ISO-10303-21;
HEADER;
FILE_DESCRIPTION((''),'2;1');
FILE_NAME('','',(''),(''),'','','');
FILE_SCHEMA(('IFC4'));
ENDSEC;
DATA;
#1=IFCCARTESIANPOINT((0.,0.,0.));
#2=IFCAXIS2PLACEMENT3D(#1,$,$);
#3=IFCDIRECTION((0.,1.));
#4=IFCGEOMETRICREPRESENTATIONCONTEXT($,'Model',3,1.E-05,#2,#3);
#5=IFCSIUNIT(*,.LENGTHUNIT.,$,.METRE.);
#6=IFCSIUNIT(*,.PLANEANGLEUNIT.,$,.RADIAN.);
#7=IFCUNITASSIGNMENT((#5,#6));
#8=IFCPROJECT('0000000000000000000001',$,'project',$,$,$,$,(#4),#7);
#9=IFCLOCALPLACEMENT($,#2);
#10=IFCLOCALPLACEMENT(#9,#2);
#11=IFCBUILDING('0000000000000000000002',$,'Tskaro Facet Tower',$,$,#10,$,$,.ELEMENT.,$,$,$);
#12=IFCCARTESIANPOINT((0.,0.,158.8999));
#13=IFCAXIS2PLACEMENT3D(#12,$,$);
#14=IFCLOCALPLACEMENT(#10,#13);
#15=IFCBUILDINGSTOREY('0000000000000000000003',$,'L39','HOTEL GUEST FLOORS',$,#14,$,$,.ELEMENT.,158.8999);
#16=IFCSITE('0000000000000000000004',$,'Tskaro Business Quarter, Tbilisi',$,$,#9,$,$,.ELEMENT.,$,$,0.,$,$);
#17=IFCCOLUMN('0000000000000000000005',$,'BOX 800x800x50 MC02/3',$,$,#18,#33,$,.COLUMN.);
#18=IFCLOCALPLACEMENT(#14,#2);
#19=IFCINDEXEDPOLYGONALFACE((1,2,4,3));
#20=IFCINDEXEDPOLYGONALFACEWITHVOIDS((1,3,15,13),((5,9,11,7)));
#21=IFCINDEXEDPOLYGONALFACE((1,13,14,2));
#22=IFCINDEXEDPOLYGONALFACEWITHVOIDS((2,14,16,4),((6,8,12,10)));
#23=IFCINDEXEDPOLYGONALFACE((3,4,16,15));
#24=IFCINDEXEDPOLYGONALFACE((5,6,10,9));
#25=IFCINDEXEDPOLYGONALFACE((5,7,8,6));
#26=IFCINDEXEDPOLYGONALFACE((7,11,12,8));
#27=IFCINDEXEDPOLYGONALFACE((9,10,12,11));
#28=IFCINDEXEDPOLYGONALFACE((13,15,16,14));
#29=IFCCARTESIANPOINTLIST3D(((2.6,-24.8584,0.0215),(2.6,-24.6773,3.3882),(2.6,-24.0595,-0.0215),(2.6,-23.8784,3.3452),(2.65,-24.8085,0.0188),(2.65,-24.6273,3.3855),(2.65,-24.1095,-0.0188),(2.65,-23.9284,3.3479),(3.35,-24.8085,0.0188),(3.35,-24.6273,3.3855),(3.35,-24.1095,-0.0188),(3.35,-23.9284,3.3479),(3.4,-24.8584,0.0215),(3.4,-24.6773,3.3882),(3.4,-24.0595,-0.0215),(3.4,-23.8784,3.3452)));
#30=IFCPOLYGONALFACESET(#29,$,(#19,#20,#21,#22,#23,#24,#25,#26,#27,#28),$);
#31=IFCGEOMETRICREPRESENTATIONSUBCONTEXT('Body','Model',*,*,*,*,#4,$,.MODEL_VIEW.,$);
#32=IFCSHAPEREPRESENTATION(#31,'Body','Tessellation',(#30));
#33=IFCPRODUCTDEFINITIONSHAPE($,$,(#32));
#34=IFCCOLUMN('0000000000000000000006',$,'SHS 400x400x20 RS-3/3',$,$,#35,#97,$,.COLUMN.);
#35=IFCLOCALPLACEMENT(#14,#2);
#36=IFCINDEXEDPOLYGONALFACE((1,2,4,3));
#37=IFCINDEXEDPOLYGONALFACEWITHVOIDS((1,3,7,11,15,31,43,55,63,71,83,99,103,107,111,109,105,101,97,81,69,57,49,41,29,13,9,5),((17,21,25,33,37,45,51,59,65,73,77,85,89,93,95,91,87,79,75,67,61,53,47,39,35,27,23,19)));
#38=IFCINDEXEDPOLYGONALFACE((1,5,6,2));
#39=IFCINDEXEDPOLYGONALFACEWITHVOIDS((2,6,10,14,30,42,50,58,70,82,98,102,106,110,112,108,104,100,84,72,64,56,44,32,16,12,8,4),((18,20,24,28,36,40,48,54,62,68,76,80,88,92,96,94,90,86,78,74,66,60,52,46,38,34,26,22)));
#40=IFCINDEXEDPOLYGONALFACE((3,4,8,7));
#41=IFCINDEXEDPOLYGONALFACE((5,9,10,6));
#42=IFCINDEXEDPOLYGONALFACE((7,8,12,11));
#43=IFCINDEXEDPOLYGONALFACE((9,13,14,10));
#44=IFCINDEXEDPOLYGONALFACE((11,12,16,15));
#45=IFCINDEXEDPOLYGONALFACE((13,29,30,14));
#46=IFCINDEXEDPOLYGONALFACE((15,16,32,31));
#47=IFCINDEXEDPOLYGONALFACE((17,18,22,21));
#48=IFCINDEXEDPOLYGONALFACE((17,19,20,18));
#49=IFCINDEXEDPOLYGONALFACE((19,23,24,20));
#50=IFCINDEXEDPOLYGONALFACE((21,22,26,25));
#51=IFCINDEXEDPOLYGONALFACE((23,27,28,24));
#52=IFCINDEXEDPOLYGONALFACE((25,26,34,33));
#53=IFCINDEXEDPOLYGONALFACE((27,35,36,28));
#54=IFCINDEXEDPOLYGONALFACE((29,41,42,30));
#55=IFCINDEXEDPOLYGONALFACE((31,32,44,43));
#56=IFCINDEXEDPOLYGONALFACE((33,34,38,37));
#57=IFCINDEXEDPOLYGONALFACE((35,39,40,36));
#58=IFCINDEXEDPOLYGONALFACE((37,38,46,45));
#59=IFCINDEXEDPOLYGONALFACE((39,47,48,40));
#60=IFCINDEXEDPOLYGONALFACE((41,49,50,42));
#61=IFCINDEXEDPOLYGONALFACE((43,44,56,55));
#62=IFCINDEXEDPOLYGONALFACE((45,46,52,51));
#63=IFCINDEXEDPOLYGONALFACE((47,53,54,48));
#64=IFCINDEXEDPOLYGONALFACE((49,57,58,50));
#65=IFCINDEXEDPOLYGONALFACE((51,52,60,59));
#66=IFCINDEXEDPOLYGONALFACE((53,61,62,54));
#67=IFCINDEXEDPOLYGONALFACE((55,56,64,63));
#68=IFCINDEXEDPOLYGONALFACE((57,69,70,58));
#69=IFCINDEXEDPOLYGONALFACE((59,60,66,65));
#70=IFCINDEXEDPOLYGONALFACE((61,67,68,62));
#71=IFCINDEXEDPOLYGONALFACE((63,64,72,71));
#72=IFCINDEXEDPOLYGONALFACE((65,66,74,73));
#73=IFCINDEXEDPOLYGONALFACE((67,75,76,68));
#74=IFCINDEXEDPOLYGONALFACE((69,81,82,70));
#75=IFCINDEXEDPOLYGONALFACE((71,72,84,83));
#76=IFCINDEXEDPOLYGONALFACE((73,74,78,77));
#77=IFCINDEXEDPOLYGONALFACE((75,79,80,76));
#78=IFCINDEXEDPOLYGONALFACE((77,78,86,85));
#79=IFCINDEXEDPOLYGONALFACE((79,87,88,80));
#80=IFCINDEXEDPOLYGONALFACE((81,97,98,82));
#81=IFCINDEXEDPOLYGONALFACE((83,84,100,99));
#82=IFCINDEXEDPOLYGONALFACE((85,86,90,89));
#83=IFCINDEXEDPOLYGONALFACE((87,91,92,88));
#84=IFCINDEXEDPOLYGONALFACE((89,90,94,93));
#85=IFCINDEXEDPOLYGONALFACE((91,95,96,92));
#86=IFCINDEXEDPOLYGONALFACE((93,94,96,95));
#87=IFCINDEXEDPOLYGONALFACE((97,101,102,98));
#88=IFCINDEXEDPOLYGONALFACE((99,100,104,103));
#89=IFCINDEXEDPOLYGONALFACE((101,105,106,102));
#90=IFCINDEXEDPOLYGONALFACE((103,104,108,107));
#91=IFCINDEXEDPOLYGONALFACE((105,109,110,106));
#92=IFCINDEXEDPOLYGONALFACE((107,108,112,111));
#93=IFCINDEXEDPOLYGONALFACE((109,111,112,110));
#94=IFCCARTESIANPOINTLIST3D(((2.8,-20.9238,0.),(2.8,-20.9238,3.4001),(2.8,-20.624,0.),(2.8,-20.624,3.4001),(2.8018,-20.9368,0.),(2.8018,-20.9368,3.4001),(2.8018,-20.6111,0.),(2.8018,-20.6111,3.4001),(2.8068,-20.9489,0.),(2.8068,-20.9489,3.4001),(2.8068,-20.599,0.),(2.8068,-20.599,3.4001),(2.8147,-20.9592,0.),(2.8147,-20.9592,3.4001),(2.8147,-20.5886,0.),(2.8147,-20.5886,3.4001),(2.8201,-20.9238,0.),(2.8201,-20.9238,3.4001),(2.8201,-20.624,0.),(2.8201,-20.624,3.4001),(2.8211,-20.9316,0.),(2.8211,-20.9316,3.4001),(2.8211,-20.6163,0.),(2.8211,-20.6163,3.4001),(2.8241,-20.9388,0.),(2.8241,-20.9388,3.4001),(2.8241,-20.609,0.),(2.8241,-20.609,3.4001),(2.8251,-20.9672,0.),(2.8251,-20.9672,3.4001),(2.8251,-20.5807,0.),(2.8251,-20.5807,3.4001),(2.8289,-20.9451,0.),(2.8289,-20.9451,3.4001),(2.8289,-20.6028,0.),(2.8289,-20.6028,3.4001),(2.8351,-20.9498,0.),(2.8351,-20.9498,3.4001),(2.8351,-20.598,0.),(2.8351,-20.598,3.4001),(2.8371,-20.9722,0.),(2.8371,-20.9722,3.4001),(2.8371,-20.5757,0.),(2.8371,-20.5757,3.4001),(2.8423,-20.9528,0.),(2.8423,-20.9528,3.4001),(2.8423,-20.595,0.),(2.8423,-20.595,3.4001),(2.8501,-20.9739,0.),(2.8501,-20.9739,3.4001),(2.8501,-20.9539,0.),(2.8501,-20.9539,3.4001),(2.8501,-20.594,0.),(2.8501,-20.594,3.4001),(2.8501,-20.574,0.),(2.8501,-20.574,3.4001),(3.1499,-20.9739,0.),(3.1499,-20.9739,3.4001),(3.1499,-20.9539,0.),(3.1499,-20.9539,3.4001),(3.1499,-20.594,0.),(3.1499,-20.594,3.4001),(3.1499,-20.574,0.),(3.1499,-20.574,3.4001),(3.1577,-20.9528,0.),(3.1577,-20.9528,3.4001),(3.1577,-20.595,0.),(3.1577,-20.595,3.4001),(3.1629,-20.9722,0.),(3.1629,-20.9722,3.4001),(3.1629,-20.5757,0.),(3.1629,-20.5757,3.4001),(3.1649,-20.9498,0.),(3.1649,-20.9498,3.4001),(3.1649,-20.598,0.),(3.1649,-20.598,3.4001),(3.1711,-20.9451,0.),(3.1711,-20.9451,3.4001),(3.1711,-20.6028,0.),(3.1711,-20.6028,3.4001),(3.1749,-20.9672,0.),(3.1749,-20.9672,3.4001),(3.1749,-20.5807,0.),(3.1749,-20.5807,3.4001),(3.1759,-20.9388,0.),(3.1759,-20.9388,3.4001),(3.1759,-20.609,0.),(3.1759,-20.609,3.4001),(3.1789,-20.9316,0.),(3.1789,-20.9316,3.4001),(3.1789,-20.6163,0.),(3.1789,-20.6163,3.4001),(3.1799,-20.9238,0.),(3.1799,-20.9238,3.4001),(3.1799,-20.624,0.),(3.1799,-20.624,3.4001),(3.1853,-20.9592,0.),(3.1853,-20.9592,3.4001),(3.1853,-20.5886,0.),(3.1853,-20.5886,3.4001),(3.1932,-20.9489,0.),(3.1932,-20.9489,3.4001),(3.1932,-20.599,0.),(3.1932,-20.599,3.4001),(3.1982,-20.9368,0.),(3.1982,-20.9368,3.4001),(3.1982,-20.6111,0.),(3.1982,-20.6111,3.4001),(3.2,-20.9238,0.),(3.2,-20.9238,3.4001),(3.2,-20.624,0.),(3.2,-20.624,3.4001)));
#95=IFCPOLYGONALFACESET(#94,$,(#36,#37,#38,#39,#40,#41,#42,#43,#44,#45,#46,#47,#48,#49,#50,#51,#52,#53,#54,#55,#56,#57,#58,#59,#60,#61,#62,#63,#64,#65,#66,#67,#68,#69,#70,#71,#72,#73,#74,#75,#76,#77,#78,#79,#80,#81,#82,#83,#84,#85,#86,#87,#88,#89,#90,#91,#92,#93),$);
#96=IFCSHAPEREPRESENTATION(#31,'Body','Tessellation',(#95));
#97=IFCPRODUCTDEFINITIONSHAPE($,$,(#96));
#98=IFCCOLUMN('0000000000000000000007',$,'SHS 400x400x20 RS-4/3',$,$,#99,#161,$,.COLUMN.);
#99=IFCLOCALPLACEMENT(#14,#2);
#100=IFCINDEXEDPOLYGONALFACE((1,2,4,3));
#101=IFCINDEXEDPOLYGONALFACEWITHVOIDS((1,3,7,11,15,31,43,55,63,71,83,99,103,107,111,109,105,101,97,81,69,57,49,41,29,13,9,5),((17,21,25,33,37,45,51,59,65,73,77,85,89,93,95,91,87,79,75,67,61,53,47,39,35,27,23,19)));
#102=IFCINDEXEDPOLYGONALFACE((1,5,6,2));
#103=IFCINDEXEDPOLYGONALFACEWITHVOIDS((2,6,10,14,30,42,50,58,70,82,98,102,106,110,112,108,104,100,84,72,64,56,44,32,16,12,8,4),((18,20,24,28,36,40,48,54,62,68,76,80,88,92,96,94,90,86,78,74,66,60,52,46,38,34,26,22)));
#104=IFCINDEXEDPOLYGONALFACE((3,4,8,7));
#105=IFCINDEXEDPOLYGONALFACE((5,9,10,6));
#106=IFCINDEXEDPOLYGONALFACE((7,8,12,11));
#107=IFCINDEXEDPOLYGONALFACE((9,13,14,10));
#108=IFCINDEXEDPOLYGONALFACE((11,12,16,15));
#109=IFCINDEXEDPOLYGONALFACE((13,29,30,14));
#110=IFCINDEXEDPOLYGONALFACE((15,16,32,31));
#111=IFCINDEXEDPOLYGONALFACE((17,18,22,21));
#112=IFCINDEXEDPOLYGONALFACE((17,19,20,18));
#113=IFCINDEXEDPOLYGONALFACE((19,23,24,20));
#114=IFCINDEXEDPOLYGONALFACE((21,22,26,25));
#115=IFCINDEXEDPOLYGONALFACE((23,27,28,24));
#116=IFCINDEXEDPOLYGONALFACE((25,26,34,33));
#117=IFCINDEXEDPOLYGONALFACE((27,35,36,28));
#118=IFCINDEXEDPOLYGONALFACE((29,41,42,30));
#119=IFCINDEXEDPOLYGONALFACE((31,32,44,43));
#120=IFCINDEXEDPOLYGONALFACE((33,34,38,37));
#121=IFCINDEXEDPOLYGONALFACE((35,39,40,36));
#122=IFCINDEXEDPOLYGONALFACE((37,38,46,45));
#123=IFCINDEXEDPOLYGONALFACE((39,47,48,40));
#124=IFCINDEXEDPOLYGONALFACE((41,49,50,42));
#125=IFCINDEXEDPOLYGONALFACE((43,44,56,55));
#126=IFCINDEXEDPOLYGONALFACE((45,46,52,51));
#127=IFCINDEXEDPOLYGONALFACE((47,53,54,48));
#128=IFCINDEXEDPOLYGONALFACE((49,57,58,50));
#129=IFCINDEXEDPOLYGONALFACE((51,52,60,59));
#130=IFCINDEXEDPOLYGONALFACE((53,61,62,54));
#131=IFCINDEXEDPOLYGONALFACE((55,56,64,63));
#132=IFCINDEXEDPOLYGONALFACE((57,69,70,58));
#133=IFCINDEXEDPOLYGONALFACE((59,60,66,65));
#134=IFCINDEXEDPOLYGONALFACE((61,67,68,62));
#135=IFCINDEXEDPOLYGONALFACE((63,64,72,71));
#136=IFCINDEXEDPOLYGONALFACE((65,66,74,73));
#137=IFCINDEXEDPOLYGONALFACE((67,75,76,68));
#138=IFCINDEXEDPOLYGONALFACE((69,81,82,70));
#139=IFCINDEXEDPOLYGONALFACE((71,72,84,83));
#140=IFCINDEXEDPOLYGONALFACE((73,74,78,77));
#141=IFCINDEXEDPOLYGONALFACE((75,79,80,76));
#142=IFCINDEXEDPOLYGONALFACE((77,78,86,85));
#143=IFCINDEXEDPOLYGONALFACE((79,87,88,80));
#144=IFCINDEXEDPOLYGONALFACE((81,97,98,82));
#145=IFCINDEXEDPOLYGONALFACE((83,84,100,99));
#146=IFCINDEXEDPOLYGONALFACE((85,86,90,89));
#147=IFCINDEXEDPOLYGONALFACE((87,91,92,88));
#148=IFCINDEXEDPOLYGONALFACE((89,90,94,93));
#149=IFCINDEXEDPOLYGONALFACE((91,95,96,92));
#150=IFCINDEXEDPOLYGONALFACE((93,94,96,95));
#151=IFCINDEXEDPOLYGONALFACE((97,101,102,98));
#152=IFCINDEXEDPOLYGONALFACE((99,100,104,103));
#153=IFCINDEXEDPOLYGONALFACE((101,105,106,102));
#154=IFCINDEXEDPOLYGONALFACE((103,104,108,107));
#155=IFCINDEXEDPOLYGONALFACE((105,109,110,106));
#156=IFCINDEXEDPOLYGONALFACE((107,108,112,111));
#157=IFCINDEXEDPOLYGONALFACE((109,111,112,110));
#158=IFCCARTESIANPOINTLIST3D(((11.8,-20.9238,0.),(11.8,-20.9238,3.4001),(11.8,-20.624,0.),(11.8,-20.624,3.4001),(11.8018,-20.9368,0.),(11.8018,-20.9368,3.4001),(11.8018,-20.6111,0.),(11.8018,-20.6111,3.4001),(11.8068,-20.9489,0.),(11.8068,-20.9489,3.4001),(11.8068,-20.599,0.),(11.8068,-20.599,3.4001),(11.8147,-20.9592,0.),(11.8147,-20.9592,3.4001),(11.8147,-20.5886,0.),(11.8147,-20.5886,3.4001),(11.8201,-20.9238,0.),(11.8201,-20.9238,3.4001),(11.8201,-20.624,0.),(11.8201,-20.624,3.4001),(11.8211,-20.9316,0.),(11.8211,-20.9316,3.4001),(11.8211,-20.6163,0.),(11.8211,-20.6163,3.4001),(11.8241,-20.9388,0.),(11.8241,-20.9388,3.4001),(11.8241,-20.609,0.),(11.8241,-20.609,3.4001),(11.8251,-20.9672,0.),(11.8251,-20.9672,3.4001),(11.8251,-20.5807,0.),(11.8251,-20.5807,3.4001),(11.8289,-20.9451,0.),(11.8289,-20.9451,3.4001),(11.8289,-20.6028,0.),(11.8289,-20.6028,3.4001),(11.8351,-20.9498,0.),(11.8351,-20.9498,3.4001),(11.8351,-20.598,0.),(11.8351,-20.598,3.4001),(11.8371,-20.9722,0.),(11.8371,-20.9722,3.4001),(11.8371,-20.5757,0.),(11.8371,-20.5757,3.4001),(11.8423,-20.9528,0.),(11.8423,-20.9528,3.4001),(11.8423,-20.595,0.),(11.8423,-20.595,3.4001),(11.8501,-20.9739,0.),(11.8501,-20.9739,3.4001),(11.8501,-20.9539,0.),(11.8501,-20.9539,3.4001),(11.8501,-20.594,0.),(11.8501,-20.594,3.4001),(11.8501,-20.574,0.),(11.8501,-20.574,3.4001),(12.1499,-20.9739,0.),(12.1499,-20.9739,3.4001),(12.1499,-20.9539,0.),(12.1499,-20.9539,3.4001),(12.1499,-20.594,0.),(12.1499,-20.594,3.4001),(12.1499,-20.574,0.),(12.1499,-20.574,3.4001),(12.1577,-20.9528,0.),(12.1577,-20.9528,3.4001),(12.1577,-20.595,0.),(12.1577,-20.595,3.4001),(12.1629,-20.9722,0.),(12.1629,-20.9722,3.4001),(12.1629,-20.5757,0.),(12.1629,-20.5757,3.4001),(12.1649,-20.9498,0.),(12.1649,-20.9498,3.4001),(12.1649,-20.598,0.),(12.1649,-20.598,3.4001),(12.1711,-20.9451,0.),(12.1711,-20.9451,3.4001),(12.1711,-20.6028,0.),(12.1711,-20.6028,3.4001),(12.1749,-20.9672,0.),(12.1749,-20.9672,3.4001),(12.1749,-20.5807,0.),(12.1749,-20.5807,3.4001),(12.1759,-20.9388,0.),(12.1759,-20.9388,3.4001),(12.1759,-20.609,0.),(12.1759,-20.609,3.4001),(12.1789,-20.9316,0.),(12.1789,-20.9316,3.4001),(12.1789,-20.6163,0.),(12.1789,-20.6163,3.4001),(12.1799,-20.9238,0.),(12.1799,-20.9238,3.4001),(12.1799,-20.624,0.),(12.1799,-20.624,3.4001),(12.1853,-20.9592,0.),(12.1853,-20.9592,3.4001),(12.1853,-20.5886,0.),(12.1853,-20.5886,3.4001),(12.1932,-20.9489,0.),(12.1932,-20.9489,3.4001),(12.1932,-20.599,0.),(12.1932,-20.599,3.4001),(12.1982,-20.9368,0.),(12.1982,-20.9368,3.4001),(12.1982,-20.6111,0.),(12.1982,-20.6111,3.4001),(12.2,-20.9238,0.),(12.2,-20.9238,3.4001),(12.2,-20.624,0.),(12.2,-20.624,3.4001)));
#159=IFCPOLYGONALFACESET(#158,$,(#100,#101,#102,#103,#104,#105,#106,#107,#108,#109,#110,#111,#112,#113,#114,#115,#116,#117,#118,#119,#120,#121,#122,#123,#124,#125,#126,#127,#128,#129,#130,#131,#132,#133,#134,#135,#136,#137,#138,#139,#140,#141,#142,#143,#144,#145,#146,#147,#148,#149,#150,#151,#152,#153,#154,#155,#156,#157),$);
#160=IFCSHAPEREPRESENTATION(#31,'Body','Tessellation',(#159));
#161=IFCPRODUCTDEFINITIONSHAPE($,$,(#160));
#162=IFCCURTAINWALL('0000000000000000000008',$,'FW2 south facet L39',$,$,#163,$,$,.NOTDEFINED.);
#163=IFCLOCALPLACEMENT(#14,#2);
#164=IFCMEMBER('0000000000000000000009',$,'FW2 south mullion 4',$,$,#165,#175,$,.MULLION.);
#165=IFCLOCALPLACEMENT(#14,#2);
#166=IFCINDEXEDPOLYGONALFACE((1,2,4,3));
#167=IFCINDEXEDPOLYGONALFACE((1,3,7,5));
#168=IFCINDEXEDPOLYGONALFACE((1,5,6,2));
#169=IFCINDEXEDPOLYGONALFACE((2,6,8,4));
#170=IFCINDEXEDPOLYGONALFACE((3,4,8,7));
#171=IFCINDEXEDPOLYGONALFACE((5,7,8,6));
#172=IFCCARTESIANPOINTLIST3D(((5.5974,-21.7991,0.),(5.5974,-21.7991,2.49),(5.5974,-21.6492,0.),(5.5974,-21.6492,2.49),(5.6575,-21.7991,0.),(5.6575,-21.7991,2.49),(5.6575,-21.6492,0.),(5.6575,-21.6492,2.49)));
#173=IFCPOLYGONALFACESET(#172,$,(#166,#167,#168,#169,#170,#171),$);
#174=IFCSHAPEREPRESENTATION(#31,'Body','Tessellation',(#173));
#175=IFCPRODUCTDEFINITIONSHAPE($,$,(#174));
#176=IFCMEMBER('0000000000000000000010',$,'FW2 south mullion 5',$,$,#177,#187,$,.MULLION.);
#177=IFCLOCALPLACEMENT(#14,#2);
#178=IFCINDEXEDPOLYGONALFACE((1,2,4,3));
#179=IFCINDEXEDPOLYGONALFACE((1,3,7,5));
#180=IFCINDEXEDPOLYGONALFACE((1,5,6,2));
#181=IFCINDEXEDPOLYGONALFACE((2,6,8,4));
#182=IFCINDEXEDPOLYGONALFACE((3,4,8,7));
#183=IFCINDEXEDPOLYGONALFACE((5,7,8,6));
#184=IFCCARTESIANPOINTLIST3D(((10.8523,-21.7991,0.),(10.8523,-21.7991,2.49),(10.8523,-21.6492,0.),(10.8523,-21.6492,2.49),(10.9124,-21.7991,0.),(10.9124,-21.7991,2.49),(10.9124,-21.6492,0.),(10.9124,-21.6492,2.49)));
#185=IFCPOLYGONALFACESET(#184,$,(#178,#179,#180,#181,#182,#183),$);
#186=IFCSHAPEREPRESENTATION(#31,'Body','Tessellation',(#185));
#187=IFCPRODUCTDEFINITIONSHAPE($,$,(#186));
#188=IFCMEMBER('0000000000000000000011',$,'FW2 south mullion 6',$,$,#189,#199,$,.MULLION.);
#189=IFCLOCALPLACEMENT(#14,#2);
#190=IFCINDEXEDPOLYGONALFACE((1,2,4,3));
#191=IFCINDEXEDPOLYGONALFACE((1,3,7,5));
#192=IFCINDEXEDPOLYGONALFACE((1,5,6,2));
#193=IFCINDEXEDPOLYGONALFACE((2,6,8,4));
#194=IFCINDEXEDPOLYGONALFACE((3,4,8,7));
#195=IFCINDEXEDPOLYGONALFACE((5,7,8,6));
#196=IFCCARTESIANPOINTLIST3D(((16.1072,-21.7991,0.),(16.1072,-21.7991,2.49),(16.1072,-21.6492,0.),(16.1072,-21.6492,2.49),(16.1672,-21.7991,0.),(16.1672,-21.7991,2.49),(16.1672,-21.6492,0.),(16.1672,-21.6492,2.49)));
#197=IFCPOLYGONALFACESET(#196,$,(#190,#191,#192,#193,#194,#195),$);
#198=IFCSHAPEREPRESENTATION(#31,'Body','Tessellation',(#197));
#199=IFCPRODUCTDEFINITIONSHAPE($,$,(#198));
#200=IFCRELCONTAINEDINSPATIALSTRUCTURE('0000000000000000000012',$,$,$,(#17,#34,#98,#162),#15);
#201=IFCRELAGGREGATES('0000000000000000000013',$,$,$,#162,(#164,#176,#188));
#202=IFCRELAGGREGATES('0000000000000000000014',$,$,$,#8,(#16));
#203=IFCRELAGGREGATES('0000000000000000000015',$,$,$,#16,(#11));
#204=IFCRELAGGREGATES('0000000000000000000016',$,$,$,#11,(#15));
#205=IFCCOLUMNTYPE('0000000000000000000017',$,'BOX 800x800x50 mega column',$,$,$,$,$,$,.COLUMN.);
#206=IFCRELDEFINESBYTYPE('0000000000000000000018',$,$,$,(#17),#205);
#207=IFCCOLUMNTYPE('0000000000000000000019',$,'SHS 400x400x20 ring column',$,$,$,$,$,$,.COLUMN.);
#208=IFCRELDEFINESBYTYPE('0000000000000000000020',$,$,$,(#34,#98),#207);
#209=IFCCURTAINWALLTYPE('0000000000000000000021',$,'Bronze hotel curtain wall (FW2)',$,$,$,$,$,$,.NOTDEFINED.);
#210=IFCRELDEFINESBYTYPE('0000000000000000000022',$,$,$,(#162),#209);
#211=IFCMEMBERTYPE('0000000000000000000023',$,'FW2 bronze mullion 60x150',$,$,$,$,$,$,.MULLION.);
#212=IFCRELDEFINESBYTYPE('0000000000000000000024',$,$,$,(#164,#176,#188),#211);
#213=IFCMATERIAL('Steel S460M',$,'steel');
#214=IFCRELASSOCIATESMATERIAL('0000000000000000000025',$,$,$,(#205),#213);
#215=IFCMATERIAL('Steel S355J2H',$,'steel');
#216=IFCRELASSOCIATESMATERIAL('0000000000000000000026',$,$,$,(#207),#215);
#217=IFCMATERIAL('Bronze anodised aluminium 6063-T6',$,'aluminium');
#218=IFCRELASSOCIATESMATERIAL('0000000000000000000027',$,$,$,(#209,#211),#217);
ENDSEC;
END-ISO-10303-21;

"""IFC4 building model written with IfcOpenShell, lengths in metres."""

from ifc_helpers import new_model, si_unit, direction, frame, origin, origin_2d, place, context, subcontext, project, spatial, rectangle, hollow_rectangle, extrude, material, material_profile, profile_set, type_object, element, aggregate, save


model = new_model("IFC4")

# Units and contexts
model_context = context("Model", 3, precision=1e-05, world=origin(), true_north=direction((0.0, 1.0)))
body_context = subcontext(model_context, "Body", "Model", "MODEL_VIEW")
ifc_project = project(units=[si_unit("LENGTHUNIT", "METRE"), si_unit("PLANEANGLEUNIT", "RADIAN")], contexts=[model_context])

# Site, building, storey
site_placement = place(None, origin())
site = spatial("IfcSite", under=ifc_project, at=site_placement, Name="Tskaro Business Quarter, Tbilisi", CompositionType="ELEMENT", RefElevation=0.0)
building_placement = place(site_placement, origin())
building = spatial("IfcBuilding", under=site, at=building_placement, Name="Tskaro Facet Tower", CompositionType="ELEMENT")
storey_placement = place(building_placement, frame((0.0, 0.0, 158.8999)))
storey = spatial("IfcBuildingStorey", under=building, at=storey_placement, Name="L39", Description="HOTEL GUEST FLOORS", CompositionType="ELEMENT", Elevation=158.8999)

# Columns
ifc_material_1 = material(Name="Steel S460M", Category="steel")
ifc_material_profile_1 = material_profile(ifc_material_1, hollow_rectangle(XDim=0.8, YDim=0.8, WallThickness=0.05, at=origin_2d()), Name="BOX 800x800x50")
ifc_profile_set_1 = profile_set([ifc_material_profile_1], Name="Steel S460M")
column_type_1 = type_object("IfcColumnType", Name="BOX 800x800x50 mega column", PredefinedType="COLUMN", material=ifc_profile_set_1)
column_placement = place(storey_placement, frame((3.0, -24.459, 0.0), z_axis=(0.0, 0.053729, 0.998556), x_axis=(-1.0, 0.0, 0.0)))
element("IfcColumn", 1, at=column_placement, inside=storey, type_object=column_type_1, Name="BOX 800x800x50 MC02/3", PredefinedType="COLUMN", context=body_context, shape_type="SweptSolid", body=[
    extrude(hollow_rectangle(XDim=0.8, YDim=0.8, WallThickness=0.05, at=origin_2d()), origin(), (0.0, 0.0, 1.0), 3.3716),
])
ifc_material_2 = material(Name="Steel S355J2H", Category="steel")
ifc_material_profile_2 = material_profile(ifc_material_2, hollow_rectangle(XDim=0.3999, YDim=0.3999, WallThickness=0.02, InnerFilletRadius=0.03, OuterFilletRadius=0.05, at=origin_2d()), Name="SHS 400x400x20")
ifc_profile_set_2 = profile_set([ifc_material_profile_2], Name="Steel S355J2H")
column_type_2 = type_object("IfcColumnType", Name="SHS 400x400x20 ring column", PredefinedType="COLUMN", material=ifc_profile_set_2)
for number, where, z_axis, x_axis, name in (
    (2, (3.0, -20.7739, 0.0), (0.0, 0.0, 1.0), (1.0, 0.0, 0.0), "SHS 400x400x20 RS-3/3"),
    (3, (12.0, -20.7739, 0.0), (0.0, 0.0, 1.0), (1.0, 0.0, 0.0), "SHS 400x400x20 RS-4/3"),
):
    element("IfcColumn", number, at=place(storey_placement, frame(where, z_axis=z_axis, x_axis=x_axis)), inside=storey, type_object=column_type_2, Name=name, PredefinedType="COLUMN", context=body_context, shape_type="SweptSolid", body=[
        extrude(hollow_rectangle(XDim=0.3999, YDim=0.3999, WallThickness=0.02, InnerFilletRadius=0.03, OuterFilletRadius=0.05, at=origin_2d()), origin(), (0.0, 0.0, 1.0), 3.4001),
    ])

# Curtain wall, members
ifc_material_3 = material(Name="Bronze anodised aluminium 6063-T6", Category="aluminium")
curtain_wall_type = type_object("IfcCurtainWallType", Name="Bronze hotel curtain wall (FW2)", PredefinedType="NOTDEFINED", material=ifc_material_3)
curtain_wall_placement = place(storey_placement, origin())
curtain_wall = element("IfcCurtainWall", 4, at=curtain_wall_placement, inside=storey, type_object=curtain_wall_type, Name="FW2 south facet L39", PredefinedType="NOTDEFINED")
ifc_material_profile_3 = material_profile(ifc_material_3, rectangle(XDim=0.0601, YDim=0.1499, at=origin_2d()), Name="Mullion 60x150")
ifc_profile_set_3 = profile_set([ifc_material_profile_3], Name="Bronze anodised aluminium 6063-T6")
member_type_1 = type_object("IfcMemberType", Name="FW2 bronze mullion 60x150", PredefinedType="MULLION", material=ifc_profile_set_3)
member_1_placement = place(storey_placement, frame((5.6274, -21.7241, 0.0), z_axis=(0.0, 0.0, 1.0), x_axis=(1.0, 0.0, 0.0)))
member_1 = element("IfcMember", 5, at=member_1_placement, type_object=member_type_1, Name="FW2 south mullion 4", PredefinedType="MULLION", context=body_context, shape_type="SweptSolid", body=[
    extrude(rectangle(XDim=0.0601, YDim=0.1499, at=origin_2d()), origin(), (0.0, 0.0, 1.0), 2.49),
])
member_2_placement = place(storey_placement, frame((10.8823, -21.7241, 0.0), z_axis=(0.0, 0.0, 1.0), x_axis=(1.0, 0.0, 0.0)))
member_2 = element("IfcMember", 6, at=member_2_placement, type_object=member_type_1, Name="FW2 south mullion 5", PredefinedType="MULLION", context=body_context, shape_type="SweptSolid", body=[
    extrude(rectangle(XDim=0.0601, YDim=0.1499, at=origin_2d()), origin(), (0.0, 0.0, 1.0), 2.49),
])
member_3_placement = place(storey_placement, frame((16.1372, -21.7241, 0.0), z_axis=(0.0, 0.0, 1.0), x_axis=(1.0, 0.0, 0.0)))
member_3 = element("IfcMember", 7, at=member_3_placement, type_object=member_type_1, Name="FW2 south mullion 6", PredefinedType="MULLION", context=body_context, shape_type="SweptSolid", body=[
    extrude(rectangle(XDim=0.0601, YDim=0.1499, at=origin_2d()), origin(), (0.0, 0.0, 1.0), 2.49),
])

aggregate(curtain_wall, [member_1, member_2, member_3])

save(model, "model.ifc")
